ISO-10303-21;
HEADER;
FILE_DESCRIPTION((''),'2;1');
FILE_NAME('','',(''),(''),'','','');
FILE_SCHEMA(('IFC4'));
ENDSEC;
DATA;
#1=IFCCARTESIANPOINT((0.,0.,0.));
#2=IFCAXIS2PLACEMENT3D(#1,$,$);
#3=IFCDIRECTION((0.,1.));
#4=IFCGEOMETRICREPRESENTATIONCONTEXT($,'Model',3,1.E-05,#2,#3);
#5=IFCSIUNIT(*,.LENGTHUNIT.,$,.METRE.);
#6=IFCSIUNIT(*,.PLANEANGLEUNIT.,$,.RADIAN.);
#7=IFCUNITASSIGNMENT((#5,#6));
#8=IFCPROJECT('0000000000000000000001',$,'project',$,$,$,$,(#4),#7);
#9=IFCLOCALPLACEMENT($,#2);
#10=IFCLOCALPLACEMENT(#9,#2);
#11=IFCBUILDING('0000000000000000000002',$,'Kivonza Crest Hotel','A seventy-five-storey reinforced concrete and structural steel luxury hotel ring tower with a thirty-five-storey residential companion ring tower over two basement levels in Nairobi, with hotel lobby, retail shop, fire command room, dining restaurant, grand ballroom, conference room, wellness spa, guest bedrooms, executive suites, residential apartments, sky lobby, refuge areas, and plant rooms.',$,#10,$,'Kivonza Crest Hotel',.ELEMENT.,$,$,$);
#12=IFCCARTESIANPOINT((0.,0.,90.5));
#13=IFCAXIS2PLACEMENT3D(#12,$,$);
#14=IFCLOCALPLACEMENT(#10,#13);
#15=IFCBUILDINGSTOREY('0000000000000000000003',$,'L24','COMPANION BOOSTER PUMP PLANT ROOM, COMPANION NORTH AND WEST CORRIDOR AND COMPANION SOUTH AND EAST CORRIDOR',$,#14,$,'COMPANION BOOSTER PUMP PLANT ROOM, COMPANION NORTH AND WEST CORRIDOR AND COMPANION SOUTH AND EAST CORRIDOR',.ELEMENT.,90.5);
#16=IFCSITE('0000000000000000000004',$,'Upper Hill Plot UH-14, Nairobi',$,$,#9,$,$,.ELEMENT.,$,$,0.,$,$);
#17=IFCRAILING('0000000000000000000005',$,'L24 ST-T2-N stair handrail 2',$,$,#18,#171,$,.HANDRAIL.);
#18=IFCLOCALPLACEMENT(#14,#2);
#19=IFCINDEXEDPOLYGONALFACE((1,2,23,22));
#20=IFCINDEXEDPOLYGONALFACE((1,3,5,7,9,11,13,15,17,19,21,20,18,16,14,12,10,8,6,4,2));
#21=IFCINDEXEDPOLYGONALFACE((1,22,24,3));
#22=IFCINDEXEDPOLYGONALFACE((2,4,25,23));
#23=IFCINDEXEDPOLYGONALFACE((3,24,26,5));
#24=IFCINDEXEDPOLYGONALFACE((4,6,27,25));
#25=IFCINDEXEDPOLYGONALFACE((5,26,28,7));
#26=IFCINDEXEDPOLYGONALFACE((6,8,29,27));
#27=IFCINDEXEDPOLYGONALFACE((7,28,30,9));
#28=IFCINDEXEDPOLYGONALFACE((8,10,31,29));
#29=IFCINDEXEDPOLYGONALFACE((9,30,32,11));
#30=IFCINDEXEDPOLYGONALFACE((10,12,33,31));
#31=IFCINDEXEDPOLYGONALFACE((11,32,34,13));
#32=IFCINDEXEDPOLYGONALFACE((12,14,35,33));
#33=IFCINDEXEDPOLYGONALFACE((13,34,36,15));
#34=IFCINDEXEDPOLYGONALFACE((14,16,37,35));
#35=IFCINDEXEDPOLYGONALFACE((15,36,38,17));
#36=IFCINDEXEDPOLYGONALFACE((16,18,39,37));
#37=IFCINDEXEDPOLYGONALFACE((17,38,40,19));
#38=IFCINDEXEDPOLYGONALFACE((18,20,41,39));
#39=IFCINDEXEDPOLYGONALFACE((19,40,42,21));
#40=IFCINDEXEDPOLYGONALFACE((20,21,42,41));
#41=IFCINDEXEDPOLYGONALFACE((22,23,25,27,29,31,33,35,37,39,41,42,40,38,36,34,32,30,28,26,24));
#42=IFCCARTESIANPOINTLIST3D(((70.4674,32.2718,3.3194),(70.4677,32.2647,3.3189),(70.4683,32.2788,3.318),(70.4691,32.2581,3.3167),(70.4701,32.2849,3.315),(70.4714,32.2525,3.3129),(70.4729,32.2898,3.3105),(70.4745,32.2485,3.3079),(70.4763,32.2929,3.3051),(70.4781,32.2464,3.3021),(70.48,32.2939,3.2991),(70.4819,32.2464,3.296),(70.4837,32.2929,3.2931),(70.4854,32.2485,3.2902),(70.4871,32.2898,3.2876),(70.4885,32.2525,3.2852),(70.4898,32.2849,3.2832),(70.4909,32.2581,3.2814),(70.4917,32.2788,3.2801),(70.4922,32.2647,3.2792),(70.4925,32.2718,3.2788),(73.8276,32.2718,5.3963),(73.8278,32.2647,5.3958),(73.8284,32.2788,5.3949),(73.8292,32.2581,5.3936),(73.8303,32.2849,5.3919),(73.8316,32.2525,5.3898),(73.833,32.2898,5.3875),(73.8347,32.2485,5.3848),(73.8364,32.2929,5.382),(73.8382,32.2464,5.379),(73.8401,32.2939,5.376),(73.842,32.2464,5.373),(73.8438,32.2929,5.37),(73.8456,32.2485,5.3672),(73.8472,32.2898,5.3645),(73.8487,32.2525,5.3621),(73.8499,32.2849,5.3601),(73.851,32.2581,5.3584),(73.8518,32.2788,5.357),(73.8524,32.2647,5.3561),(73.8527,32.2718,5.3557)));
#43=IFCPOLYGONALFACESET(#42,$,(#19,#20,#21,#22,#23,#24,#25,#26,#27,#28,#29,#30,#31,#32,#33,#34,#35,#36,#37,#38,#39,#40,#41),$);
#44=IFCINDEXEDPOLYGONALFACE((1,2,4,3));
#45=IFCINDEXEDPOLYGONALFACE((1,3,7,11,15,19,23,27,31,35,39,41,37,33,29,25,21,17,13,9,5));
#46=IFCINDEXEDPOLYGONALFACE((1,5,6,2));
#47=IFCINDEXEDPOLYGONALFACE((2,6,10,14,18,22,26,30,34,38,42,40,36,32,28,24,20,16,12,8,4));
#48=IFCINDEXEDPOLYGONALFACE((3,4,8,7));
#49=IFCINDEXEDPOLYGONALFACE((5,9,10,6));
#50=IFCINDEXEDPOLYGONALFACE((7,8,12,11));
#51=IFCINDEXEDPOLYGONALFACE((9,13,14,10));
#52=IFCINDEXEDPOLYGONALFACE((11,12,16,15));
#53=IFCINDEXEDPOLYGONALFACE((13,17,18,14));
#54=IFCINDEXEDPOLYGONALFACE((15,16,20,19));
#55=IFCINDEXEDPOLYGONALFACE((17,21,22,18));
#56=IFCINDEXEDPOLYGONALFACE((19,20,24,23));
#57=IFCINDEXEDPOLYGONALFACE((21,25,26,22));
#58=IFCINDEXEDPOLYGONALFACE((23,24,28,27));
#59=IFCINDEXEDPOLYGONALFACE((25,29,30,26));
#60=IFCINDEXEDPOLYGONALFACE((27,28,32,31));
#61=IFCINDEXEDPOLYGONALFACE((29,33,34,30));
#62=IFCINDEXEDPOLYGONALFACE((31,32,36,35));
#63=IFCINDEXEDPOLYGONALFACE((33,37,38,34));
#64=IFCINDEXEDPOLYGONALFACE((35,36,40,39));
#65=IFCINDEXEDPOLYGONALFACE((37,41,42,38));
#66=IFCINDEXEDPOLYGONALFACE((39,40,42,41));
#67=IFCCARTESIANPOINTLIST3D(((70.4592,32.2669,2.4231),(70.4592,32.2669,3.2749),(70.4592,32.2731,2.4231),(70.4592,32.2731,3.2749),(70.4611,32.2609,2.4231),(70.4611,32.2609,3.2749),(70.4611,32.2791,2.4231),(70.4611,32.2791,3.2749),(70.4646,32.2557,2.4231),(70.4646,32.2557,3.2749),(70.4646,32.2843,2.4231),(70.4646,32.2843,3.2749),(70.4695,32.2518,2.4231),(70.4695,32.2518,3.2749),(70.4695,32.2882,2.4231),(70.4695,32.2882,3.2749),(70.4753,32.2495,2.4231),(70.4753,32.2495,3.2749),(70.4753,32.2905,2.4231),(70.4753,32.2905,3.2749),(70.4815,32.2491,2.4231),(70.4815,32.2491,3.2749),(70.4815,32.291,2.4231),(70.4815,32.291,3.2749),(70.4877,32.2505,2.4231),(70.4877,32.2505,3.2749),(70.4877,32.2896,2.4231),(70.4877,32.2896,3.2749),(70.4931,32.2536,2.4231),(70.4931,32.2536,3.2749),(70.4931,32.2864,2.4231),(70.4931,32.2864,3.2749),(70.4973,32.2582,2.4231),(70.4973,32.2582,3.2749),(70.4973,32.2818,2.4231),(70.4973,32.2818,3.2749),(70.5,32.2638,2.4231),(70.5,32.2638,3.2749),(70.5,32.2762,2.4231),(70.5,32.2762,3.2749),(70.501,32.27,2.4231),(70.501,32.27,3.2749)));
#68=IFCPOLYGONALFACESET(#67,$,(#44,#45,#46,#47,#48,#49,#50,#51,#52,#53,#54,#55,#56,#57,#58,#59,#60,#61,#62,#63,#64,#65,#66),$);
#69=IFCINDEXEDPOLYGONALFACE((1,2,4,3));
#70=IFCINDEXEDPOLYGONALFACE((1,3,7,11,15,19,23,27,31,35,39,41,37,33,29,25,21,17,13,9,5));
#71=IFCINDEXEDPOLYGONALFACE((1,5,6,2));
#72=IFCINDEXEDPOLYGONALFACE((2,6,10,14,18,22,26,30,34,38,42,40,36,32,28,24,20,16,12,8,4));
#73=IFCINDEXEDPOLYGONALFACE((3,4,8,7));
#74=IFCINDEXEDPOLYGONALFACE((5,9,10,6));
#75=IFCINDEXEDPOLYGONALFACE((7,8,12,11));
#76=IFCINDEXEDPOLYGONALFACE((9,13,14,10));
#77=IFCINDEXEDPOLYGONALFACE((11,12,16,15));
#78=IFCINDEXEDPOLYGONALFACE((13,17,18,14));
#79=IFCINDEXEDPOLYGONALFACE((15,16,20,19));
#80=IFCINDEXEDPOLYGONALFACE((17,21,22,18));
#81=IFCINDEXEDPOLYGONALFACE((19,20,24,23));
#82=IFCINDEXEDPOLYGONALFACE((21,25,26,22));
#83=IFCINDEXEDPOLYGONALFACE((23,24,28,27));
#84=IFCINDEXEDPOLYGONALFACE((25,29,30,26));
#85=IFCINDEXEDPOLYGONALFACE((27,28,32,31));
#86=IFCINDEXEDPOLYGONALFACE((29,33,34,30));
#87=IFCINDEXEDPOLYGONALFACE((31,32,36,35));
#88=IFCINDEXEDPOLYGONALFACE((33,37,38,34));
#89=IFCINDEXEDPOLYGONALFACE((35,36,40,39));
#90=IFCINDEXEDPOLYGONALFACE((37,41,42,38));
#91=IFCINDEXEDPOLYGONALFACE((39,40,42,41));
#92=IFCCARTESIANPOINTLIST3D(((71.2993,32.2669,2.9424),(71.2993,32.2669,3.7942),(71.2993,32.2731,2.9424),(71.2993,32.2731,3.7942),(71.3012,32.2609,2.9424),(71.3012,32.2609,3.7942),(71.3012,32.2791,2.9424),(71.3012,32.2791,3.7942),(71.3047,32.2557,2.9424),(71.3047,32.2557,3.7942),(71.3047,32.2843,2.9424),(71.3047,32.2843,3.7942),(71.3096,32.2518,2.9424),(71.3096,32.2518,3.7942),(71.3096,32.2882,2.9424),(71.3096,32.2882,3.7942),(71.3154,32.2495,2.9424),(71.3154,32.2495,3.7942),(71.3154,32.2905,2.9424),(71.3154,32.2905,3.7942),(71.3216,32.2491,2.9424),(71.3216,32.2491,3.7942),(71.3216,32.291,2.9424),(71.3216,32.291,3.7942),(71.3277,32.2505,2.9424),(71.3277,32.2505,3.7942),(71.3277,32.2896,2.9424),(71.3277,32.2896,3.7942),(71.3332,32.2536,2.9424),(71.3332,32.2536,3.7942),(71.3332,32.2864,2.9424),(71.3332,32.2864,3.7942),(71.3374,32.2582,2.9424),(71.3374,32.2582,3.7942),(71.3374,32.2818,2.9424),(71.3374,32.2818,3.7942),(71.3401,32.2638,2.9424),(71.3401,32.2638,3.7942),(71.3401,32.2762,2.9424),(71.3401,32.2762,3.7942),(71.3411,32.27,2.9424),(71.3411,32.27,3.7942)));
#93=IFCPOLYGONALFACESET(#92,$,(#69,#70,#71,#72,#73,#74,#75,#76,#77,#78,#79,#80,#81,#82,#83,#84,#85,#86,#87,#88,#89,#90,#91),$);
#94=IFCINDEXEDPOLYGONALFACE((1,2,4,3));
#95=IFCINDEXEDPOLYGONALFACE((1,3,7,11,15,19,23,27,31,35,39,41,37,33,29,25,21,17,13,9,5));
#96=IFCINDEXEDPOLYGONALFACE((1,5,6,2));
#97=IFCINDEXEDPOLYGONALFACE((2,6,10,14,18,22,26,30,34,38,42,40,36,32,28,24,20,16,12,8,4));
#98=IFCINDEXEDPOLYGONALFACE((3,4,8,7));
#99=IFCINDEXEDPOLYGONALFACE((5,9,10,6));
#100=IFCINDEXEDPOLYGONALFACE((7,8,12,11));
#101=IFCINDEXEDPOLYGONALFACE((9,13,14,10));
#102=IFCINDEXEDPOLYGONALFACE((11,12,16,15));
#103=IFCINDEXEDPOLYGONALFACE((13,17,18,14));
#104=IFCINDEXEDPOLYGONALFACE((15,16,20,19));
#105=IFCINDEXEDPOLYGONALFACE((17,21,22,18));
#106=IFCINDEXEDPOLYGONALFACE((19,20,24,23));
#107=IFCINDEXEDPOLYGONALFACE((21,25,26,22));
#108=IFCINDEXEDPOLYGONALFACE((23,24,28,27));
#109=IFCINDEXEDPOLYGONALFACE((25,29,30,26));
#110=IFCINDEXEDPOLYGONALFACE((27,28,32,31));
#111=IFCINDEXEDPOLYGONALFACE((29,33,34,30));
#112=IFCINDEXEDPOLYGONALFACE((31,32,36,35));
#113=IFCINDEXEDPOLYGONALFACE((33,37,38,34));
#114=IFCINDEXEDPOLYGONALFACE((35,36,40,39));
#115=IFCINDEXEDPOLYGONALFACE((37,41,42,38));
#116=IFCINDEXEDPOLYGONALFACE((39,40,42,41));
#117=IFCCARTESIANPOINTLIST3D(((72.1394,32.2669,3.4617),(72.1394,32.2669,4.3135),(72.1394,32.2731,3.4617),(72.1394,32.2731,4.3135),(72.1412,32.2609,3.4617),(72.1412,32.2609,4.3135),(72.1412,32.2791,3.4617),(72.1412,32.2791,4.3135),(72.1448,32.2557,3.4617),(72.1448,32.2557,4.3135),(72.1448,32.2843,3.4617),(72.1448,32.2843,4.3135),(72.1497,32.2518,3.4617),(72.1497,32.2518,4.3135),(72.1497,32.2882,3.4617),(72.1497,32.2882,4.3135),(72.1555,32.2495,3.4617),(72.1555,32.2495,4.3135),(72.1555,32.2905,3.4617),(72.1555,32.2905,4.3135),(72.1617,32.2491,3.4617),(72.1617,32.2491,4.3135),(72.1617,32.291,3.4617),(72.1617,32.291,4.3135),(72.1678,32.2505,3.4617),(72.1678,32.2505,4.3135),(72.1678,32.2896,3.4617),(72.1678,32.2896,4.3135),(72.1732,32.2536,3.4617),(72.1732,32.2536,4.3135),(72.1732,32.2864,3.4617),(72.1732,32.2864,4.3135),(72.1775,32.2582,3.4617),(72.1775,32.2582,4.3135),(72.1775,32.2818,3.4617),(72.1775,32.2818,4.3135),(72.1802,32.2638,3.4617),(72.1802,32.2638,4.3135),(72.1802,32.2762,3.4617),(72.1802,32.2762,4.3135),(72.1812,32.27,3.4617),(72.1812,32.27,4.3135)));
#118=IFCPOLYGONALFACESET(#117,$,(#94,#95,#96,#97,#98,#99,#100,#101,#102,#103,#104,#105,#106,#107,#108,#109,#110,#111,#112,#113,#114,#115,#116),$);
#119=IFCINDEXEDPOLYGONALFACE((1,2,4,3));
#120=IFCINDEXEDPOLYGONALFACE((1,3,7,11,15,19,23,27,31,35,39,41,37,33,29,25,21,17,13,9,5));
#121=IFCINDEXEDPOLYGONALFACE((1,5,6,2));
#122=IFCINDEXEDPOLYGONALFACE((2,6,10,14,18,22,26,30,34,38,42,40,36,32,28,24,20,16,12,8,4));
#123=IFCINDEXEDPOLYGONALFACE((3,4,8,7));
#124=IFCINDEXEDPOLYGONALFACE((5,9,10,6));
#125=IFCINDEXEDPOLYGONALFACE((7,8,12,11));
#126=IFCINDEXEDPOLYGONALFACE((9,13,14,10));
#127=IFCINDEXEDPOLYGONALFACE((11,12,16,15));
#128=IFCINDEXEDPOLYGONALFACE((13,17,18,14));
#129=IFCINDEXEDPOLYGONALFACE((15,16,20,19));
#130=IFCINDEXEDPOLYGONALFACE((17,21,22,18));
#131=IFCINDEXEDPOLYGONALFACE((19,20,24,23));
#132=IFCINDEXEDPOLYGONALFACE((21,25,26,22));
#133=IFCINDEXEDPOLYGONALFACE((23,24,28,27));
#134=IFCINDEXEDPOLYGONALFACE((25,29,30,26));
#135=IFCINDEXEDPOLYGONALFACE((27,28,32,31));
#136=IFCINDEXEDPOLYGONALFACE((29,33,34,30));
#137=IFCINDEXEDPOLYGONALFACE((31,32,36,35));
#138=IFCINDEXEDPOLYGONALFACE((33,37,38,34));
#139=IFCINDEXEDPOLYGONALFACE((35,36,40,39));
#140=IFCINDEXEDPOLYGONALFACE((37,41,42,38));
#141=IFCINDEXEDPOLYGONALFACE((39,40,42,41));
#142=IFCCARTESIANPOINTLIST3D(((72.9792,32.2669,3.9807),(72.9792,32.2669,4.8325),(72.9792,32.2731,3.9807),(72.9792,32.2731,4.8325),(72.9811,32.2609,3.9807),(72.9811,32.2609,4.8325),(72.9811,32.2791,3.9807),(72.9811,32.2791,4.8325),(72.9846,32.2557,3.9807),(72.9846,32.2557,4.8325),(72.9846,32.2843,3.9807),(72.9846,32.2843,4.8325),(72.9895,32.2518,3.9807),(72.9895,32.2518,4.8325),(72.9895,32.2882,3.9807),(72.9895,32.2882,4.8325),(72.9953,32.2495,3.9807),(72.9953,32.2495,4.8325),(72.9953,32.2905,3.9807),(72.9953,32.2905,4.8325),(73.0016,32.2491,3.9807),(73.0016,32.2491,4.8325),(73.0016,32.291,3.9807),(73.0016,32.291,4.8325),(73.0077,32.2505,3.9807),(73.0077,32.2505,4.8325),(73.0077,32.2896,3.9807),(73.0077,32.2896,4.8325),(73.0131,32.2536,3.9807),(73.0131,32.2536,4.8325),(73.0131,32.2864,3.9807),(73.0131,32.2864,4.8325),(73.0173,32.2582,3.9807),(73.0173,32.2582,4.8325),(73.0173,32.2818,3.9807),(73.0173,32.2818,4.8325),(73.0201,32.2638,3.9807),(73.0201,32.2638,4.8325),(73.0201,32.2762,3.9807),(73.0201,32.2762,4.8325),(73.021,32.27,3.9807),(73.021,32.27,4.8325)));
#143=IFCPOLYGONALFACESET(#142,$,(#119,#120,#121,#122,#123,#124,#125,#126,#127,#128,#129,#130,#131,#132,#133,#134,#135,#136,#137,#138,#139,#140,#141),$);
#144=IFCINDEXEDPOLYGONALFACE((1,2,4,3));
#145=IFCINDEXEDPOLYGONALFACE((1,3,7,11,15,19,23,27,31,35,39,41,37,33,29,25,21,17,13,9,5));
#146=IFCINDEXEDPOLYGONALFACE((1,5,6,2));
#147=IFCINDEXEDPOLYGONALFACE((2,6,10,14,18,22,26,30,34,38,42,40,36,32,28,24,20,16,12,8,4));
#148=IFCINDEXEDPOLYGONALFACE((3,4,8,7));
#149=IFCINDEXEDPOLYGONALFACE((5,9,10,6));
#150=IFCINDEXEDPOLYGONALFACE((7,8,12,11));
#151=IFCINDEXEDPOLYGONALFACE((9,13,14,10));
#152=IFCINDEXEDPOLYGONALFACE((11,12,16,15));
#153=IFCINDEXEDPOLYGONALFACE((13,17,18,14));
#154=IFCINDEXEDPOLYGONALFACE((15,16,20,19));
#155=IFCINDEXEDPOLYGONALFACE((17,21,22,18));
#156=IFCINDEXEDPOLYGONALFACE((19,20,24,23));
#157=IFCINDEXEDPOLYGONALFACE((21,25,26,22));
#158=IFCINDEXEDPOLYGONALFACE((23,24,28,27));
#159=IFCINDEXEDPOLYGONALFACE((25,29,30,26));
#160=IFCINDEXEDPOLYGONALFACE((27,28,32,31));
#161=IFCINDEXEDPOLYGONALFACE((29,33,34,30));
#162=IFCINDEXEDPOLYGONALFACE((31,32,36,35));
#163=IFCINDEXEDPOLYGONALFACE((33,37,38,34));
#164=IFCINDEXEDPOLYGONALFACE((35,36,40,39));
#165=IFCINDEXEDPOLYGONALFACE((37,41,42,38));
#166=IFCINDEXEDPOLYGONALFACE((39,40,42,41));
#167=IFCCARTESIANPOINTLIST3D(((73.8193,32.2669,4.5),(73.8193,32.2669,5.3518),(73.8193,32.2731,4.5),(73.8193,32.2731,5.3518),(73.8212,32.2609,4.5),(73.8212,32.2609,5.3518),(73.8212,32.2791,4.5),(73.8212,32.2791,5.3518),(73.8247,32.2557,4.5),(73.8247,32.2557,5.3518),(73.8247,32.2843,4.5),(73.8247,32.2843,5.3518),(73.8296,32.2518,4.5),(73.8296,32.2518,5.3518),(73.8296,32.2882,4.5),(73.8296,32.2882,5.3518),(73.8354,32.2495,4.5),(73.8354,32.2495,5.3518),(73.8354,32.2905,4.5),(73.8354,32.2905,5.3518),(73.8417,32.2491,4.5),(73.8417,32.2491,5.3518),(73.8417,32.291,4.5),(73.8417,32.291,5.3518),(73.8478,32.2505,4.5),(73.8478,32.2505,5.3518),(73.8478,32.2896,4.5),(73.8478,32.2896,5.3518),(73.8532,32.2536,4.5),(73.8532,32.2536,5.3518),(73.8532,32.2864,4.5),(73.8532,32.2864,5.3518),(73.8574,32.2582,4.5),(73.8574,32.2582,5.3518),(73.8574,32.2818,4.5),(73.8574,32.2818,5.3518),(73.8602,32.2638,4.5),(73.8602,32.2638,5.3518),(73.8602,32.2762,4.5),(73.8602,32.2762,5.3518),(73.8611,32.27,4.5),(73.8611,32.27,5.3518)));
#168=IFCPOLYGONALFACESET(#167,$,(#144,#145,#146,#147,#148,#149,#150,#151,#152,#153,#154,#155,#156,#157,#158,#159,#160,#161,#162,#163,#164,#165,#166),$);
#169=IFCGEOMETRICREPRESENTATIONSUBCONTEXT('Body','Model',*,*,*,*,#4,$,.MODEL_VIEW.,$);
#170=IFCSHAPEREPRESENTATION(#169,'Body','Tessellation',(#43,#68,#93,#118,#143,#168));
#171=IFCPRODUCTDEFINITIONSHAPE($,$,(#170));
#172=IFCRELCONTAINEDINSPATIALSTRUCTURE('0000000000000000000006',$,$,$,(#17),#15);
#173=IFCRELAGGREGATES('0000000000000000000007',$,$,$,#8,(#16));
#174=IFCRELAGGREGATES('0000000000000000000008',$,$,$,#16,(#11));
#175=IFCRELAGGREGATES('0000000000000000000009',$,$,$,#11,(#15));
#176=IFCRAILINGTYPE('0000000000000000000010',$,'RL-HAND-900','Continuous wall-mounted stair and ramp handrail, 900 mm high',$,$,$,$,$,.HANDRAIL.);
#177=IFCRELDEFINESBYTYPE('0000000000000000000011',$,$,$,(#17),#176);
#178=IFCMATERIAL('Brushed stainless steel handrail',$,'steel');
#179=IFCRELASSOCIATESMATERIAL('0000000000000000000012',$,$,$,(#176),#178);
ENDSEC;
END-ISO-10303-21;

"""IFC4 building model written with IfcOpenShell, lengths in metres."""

from ifc_helpers import new_model, si_unit, direction, frame, origin, origin_2d, place, context, subcontext, project, spatial, circle, extrude, material, type_object, element, save


model = new_model("IFC4")

# Units and contexts
model_context = context("Model", 3, precision=1e-05, world=origin(), true_north=direction((0.0, 1.0)))
body_context = subcontext(model_context, "Body", "Model", "MODEL_VIEW")
ifc_project = project(units=[si_unit("LENGTHUNIT", "METRE"), si_unit("PLANEANGLEUNIT", "RADIAN")], contexts=[model_context])

# Site, building, storey
site_placement = place(None, origin())
site = spatial("IfcSite", under=ifc_project, at=site_placement, Name="Upper Hill Plot UH-14, Nairobi", CompositionType="ELEMENT", RefElevation=0.0)
building_placement = place(site_placement, origin())
building = spatial("IfcBuilding", under=site, at=building_placement, Name="Kivonza Crest Hotel", Description="A seventy-five-storey reinforced concrete and structural steel luxury hotel ring tower with a thirty-five-storey residential companion ring tower over two basement levels in Nairobi, with hotel lobby, retail shop, fire command room, dining restaurant, grand ballroom, conference room, wellness spa, guest bedrooms, executive suites, residential apartments, sky lobby, refuge areas, and plant rooms.", LongName="Kivonza Crest Hotel", CompositionType="ELEMENT")
storey_placement = place(building_placement, frame((0.0, 0.0, 90.5)))
storey = spatial("IfcBuildingStorey", under=building, at=storey_placement, Name="L24", Description="COMPANION BOOSTER PUMP PLANT ROOM, COMPANION NORTH AND WEST CORRIDOR AND COMPANION SOUTH AND EAST CORRIDOR", LongName="COMPANION BOOSTER PUMP PLANT ROOM, COMPANION NORTH AND WEST CORRIDOR AND COMPANION SOUTH AND EAST CORRIDOR", CompositionType="ELEMENT", Elevation=90.5)

# Railing
ifc_material_1 = material(Name="Brushed stainless steel handrail", Category="steel")
railing_type_1 = type_object("IfcRailingType", Name="RL-HAND-900", Description="Continuous wall-mounted stair and ramp handrail, 900 mm high", PredefinedType="HANDRAIL", material=ifc_material_1)
railing_1_placement = place(storey_placement, frame((70.48, 32.27, 2.4231)))
element("IfcRailing", 1, at=railing_1_placement, inside=storey, type_object=railing_type_1, Name="L24 ST-T2-N stair handrail 2", PredefinedType="HANDRAIL", context=body_context, shape_type="SweptSolid", body=[
    extrude(circle(Radius=0.0239, at=origin_2d()), frame((0.0, 0.0, 0.876), z_axis=(0.850623, 0.0, 0.525776), x_axis=(0.0, 1.0, 0.0)), (0.0, 0.0, 1.0), 3.9502),
    extrude(circle(Radius=0.021, at=origin_2d()), origin(), (0.0, 0.0, 1.0), 0.8518),
    extrude(circle(Radius=0.021, at=origin_2d()), frame((0.8401, 0.0, 0.5193)), (0.0, 0.0, 1.0), 0.8518),
    extrude(circle(Radius=0.021, at=origin_2d()), frame((1.6802, 0.0, 1.0386)), (0.0, 0.0, 1.0), 0.8518),
    extrude(circle(Radius=0.021, at=origin_2d()), frame((2.52, 0.0, 1.5576)), (0.0, 0.0, 1.0), 0.8518),
    extrude(circle(Radius=0.021, at=origin_2d()), frame((3.3601, 0.0, 2.0769)), (0.0, 0.0, 1.0), 0.8518),
])

save(model, "model.ifc")
